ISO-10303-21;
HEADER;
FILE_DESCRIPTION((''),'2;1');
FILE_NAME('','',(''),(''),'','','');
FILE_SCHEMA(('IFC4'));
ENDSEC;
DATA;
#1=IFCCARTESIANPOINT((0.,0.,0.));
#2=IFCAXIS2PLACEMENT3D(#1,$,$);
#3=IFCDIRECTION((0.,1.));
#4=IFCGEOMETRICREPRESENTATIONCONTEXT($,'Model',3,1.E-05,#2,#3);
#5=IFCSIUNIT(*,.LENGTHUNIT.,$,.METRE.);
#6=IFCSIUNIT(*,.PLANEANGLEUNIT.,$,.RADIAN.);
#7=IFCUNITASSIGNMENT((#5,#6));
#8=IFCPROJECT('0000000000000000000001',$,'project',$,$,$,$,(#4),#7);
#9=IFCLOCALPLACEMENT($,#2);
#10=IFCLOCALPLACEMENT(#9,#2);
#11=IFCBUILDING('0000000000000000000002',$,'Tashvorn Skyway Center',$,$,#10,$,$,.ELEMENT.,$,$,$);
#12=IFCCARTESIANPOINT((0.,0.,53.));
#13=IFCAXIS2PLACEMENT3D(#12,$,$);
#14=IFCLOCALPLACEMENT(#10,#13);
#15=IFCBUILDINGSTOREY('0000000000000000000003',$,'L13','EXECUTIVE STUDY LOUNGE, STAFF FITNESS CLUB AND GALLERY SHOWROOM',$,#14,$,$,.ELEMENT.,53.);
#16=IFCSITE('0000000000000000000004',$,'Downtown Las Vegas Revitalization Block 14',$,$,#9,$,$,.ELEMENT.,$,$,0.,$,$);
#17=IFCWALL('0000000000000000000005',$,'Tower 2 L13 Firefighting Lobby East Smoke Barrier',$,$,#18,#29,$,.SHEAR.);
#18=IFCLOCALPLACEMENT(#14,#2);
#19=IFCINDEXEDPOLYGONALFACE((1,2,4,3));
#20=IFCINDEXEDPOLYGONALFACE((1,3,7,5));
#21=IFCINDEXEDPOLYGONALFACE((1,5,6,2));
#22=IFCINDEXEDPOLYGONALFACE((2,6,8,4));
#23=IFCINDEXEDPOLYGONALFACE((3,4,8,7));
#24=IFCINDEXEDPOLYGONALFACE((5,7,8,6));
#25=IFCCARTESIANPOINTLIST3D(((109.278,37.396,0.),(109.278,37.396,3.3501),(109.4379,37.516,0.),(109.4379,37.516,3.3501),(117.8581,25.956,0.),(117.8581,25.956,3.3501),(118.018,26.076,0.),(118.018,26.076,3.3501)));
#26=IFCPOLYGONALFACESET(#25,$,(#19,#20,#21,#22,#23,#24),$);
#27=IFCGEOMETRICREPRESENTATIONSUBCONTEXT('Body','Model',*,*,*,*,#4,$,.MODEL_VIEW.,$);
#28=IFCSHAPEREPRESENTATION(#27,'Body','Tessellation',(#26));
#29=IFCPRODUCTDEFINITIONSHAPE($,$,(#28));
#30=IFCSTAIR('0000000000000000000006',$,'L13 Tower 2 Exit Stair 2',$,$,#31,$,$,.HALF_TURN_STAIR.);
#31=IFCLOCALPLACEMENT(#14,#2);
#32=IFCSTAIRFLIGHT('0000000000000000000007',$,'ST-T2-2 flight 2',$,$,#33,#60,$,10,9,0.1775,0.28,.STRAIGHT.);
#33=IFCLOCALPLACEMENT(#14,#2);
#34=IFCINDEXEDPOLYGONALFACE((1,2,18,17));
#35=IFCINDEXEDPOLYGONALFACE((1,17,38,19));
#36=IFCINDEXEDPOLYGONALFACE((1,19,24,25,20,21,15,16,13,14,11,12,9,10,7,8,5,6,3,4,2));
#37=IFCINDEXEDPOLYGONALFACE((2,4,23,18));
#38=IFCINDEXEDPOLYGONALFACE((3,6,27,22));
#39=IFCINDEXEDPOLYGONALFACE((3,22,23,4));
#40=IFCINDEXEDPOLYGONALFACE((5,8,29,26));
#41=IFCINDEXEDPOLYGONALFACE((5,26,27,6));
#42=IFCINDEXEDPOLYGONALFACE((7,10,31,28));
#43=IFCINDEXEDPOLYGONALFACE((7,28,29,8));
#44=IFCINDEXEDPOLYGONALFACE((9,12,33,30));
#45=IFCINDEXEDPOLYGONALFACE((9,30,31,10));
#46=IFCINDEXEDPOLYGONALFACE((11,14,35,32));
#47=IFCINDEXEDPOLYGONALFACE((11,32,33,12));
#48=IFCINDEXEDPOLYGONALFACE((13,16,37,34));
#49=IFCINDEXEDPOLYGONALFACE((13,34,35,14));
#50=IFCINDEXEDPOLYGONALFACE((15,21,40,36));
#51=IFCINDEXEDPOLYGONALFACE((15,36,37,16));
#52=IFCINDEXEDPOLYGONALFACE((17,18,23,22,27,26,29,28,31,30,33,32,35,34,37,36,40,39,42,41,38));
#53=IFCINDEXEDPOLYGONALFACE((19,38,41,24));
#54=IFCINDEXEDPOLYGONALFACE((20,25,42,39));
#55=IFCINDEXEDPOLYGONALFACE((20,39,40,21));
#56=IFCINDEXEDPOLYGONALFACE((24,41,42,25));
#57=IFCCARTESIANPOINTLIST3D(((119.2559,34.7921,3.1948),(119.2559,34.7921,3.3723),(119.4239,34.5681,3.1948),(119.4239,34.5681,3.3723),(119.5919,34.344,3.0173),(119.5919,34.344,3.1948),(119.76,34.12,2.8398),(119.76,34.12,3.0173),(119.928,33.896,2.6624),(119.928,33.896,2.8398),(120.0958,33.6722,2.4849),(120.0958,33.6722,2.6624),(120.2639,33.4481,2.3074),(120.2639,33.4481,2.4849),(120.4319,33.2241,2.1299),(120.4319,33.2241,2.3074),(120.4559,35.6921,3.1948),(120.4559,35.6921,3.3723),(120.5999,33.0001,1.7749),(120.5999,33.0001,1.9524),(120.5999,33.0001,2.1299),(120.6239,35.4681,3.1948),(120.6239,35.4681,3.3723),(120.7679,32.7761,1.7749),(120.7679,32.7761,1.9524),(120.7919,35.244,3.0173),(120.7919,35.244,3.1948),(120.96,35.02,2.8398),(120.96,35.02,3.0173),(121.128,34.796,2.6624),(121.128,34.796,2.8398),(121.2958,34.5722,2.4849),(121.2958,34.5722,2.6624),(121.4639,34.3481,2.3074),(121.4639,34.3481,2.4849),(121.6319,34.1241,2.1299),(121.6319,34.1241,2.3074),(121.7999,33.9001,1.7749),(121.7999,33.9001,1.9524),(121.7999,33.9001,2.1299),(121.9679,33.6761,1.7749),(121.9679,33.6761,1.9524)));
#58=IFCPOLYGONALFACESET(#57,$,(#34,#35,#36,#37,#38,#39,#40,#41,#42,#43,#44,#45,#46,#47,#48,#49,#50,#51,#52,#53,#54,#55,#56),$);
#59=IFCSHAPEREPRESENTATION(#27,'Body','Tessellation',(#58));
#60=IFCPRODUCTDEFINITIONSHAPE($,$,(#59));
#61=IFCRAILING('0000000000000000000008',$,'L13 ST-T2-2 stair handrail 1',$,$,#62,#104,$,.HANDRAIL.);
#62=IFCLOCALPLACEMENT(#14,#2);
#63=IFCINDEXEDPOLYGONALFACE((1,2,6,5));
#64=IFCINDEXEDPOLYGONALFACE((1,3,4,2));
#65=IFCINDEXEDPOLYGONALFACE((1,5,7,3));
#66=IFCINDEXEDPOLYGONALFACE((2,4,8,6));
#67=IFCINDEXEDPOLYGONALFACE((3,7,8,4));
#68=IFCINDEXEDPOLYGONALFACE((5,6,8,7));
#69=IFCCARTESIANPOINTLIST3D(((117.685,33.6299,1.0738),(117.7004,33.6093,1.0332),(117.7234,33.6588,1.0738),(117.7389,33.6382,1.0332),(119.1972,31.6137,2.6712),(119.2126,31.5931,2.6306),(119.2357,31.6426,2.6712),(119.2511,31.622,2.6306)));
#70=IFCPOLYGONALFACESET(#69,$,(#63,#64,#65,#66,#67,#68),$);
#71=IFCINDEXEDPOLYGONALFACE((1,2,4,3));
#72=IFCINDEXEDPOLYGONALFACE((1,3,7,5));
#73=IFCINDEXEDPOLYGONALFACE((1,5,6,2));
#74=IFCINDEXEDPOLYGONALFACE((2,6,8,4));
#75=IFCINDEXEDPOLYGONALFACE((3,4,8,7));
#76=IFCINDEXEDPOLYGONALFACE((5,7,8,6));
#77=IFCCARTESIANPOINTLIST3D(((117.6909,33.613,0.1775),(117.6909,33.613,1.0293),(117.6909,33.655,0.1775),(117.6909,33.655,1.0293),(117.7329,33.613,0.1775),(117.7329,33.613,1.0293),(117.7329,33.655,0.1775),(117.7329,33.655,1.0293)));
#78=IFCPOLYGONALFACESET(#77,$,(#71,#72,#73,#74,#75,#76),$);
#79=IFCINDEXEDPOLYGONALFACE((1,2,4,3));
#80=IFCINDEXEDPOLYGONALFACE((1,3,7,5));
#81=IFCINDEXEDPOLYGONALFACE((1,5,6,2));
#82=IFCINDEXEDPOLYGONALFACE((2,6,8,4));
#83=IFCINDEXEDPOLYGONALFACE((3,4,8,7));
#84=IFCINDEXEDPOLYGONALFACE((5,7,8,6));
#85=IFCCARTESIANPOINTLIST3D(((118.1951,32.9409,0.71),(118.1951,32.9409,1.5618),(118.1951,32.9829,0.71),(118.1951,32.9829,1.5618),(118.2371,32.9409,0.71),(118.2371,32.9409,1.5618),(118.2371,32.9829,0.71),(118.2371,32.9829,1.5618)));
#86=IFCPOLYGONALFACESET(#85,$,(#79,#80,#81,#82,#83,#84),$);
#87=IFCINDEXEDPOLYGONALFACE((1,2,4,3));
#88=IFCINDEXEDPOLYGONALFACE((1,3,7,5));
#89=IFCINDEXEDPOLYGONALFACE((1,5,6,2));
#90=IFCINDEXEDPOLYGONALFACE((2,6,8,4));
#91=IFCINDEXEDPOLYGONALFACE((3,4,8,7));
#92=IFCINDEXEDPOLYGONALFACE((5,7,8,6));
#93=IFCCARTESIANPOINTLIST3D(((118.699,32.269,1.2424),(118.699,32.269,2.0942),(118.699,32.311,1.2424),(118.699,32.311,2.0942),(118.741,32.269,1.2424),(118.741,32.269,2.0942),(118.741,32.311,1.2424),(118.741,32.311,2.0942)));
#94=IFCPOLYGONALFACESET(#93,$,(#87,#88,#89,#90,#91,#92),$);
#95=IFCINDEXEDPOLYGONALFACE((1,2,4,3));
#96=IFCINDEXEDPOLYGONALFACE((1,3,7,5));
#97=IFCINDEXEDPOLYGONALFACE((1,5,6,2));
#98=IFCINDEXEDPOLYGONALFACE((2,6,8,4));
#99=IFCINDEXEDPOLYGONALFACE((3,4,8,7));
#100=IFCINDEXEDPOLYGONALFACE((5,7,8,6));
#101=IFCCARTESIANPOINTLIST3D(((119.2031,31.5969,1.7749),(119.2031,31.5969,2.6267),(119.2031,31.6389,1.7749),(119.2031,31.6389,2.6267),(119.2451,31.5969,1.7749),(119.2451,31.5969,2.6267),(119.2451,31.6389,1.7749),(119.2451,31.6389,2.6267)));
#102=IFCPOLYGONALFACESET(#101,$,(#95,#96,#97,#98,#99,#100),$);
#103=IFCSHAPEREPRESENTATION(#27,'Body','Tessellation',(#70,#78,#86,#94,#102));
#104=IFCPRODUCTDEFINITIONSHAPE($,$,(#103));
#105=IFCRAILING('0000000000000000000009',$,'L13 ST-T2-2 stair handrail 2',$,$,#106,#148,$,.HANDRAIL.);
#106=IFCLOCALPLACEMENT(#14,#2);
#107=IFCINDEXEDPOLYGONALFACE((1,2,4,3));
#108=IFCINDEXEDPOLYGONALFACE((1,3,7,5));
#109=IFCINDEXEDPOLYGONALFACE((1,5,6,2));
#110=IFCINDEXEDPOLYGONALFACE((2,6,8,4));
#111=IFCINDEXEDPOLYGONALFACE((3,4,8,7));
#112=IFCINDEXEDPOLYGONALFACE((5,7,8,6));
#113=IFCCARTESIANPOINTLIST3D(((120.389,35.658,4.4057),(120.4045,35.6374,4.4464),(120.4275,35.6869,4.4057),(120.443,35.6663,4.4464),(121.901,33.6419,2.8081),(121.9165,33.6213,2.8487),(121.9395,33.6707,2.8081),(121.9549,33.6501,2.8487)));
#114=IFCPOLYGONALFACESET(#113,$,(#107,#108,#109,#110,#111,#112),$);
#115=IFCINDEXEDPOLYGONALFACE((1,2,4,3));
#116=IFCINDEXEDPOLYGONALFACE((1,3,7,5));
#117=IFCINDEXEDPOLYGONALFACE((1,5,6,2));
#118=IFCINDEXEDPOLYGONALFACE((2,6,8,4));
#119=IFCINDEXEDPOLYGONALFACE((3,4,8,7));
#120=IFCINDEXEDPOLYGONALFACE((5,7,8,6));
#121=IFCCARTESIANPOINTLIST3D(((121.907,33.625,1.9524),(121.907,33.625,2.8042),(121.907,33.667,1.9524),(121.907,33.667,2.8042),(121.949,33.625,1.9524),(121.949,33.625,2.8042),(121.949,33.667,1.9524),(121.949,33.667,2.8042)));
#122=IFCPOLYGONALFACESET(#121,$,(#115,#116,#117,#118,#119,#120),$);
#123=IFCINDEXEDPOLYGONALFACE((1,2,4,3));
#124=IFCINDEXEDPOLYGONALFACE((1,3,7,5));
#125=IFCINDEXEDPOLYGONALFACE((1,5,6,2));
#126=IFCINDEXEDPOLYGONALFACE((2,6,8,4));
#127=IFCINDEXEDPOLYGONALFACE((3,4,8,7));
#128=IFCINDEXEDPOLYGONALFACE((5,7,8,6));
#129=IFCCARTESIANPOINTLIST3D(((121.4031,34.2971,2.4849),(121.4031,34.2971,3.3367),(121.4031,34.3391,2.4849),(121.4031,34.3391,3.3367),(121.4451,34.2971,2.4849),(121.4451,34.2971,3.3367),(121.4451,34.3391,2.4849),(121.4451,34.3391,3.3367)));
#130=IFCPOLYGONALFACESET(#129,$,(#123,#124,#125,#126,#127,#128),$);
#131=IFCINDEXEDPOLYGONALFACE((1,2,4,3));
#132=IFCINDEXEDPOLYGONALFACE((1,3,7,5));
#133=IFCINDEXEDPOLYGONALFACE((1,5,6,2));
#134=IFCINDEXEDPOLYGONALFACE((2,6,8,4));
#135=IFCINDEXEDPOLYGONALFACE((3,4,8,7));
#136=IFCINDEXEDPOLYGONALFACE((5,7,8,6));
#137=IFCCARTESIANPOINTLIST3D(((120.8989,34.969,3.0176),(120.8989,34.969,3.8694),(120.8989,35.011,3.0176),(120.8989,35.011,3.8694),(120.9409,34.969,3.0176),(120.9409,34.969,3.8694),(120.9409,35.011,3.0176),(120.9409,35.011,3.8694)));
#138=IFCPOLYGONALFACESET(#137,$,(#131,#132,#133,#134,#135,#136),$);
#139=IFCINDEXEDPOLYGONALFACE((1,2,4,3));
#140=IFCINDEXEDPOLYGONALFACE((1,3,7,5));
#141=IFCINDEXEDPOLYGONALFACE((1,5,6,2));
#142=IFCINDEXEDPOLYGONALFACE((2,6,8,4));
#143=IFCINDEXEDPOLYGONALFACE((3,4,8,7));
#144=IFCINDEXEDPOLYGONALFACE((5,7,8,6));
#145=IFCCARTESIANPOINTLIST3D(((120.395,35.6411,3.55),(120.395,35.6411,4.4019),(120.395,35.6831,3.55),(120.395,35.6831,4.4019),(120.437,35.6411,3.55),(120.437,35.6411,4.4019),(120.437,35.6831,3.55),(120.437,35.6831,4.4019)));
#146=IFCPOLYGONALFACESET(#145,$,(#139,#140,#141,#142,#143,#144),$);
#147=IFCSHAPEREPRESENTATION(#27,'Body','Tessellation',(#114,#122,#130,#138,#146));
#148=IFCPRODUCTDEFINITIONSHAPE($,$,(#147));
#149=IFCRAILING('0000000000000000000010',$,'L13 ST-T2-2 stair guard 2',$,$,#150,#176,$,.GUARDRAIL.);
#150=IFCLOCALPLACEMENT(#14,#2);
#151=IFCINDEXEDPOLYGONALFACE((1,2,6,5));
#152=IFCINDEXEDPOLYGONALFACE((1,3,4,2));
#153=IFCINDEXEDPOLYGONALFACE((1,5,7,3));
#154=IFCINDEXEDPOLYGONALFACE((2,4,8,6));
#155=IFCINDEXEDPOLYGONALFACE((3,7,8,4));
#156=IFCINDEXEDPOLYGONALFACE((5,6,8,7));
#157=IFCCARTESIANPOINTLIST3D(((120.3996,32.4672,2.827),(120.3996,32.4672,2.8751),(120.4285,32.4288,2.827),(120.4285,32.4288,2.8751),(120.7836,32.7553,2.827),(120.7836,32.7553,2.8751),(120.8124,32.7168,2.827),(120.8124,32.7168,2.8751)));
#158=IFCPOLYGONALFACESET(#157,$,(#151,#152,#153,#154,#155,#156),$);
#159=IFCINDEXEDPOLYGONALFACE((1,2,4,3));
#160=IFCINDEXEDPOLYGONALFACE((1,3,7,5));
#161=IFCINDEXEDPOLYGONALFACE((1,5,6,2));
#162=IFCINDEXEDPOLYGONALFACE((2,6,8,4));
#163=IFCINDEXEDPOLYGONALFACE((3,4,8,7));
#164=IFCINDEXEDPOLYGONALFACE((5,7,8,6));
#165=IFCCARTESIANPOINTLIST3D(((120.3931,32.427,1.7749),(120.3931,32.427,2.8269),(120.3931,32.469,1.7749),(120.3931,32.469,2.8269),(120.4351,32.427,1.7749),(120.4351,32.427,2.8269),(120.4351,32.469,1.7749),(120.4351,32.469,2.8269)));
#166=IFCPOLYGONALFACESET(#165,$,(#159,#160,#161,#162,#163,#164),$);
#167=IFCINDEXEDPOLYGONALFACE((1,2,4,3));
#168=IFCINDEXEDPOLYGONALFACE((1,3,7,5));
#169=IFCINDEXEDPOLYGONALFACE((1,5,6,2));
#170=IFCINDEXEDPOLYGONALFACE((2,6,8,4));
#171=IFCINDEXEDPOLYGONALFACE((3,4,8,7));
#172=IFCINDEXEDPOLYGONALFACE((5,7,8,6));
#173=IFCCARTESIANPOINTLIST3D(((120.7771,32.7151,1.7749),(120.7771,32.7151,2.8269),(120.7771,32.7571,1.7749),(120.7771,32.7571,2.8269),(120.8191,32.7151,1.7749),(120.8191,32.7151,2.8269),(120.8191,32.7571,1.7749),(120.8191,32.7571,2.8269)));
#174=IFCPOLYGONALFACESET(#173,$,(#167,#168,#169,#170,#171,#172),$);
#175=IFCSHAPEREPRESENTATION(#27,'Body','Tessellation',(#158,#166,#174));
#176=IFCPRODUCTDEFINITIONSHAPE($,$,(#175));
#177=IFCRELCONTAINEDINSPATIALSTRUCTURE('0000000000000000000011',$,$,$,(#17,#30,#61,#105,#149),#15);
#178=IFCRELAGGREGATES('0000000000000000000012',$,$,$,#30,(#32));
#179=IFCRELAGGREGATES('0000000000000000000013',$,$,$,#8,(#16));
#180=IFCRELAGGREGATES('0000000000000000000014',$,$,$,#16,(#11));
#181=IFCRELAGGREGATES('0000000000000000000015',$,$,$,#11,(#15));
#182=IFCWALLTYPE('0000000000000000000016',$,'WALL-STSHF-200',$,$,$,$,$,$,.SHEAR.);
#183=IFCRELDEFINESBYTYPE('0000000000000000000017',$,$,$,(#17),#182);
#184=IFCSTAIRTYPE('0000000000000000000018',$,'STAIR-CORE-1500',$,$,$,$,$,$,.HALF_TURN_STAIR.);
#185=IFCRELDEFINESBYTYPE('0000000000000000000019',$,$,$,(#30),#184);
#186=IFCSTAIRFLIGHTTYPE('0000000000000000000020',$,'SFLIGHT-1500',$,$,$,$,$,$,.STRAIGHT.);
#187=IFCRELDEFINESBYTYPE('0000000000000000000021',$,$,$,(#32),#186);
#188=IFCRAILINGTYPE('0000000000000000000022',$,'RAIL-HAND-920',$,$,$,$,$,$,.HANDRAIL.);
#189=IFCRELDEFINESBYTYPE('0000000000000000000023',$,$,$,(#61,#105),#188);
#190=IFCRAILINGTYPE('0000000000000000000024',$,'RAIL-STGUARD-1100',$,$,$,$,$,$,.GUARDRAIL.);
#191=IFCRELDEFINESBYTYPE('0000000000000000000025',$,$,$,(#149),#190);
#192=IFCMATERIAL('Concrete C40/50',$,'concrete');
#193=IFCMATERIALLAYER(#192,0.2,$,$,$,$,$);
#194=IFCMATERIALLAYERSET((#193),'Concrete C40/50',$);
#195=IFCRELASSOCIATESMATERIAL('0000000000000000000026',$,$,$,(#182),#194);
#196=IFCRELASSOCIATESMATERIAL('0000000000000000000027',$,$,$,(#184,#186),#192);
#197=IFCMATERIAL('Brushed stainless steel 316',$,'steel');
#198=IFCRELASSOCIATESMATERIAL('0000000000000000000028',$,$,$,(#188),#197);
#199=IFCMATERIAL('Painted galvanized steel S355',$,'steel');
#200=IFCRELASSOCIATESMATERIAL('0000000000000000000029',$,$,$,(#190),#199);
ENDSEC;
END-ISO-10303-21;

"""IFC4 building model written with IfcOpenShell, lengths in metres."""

from ifc_helpers import new_model, si_unit, direction, frame, frame_2d, origin, origin_2d, place, context, subcontext, project, spatial, polyline, rectangle, outline, extrude, material, layer, layer_set, type_object, element, aggregate, save


model = new_model("IFC4")

# Units and contexts
model_context = context("Model", 3, precision=1e-05, world=origin(), true_north=direction((0.0, 1.0)))
body_context = subcontext(model_context, "Body", "Model", "MODEL_VIEW")
ifc_project = project(units=[si_unit("LENGTHUNIT", "METRE"), si_unit("PLANEANGLEUNIT", "RADIAN")], contexts=[model_context])

# Site, building, storey
site_placement = place(None, origin())
site = spatial("IfcSite", under=ifc_project, at=site_placement, Name="Downtown Las Vegas Revitalization Block 14", CompositionType="ELEMENT", RefElevation=0.0)
building_placement = place(site_placement, origin())
building = spatial("IfcBuilding", under=site, at=building_placement, Name="Tashvorn Skyway Center", CompositionType="ELEMENT")
storey_placement = place(building_placement, frame((0.0, 0.0, 53.0)))
storey = spatial("IfcBuildingStorey", under=building, at=storey_placement, Name="L13", Description="EXECUTIVE STUDY LOUNGE, STAFF FITNESS CLUB AND GALLERY SHOWROOM", CompositionType="ELEMENT", Elevation=53.0)

# Shared definitions
ifc_material_1 = material(Name="Concrete C40/50", Category="concrete")

# Wall
ifc_layer_1 = layer(ifc_material_1, 0.2)
ifc_layer_set_1 = layer_set([ifc_layer_1], Name="Concrete C40/50")
wall_type_1 = type_object("IfcWallType", Name="WALL-STSHF-200", PredefinedType="SHEAR", material=ifc_layer_set_1)
wall_1_placement = place(storey_placement, frame((117.938, 26.0161, 0.0), z_axis=(0.0, 0.0, 1.0), x_axis=(-0.600005, 0.799996, 0.0)))
element("IfcWall", 1, at=wall_1_placement, inside=storey, type_object=wall_type_1, Name="Tower 2 L13 Firefighting Lobby East Smoke Barrier", PredefinedType="SHEAR", context=body_context, shape_type="SweptSolid", body=[
    extrude(rectangle(XDim=14.3, YDim=0.2, at=frame_2d((7.1499, 0.0))), origin(), (0.0, 0.0, 1.0), 3.3501),
])

# Stair, stair flight
stair_type = type_object("IfcStairType", Name="STAIR-CORE-1500", PredefinedType="HALF_TURN_STAIR", material=ifc_material_1)
stair_placement = place(storey_placement, origin())
stair = element("IfcStair", 2, at=stair_placement, inside=storey, type_object=stair_type, Name="L13 Tower 2 Exit Stair 2", PredefinedType="HALF_TURN_STAIR")
stair_flight_type = type_object("IfcStairFlightType", Name="SFLIGHT-1500", PredefinedType="STRAIGHT", material=ifc_material_1)
stair_flight_placement = place(storey_placement, frame((121.3679, 33.2261, 1.7749), z_axis=(0.0, 0.0, 1.0), x_axis=(-0.6, 0.8, 0.0)))
stair_flight = element("IfcStairFlight", 3, at=stair_flight_placement, type_object=stair_flight_type, Name="ST-T2-2 flight 2", NumberOfRisers=10, NumberOfTreads=9, PredefinedType="STRAIGHT", RiserHeight=0.1775, TreadLength=0.28, context=body_context, shape_type="SweptSolid", body=[
    extrude(outline(polyline([(0.0, 0.0), (0.0, 0.1775), (0.28, 0.1775), (0.28, 0.355), (0.5601, 0.355), (0.5601, 0.5325), (0.8401, 0.5325), (0.8401, 0.71), (1.1201, 0.71), (1.1201, 0.8875), (1.3999, 0.8875), (1.3999, 1.0649), (1.6799, 1.0649), (1.6799, 1.2424), (1.96, 1.2424), (1.96, 1.4199), (2.24, 1.4199), (2.24, 1.5974), (2.52, 1.5974), (2.52, 1.7749), (2.52, 1.4199), (0.28, 0.0), (0.0, 0.0)])), frame((0.0, 0.75, 0.0), z_axis=(0.0, -1.0, 0.0), x_axis=(1.0, 0.0, 0.0)), (0.0, 0.0, 1.0), 1.5),
])
aggregate(stair, [stair_flight])

# Railings
ifc_material_2 = material(Name="Brushed stainless steel 316", Category="steel")
railing_type_1 = type_object("IfcRailingType", Name="RAIL-HAND-920", PredefinedType="HANDRAIL", material=ifc_material_2)
railing_1_placement = place(storey_placement, frame((117.7119, 33.634, 0.1775)))
element("IfcRailing", 4, at=railing_1_placement, inside=storey, type_object=railing_type_1, Name="L13 ST-T2-2 stair handrail 1", PredefinedType="HANDRAIL", context=body_context, shape_type="SweptSolid", body=[
    extrude(rectangle(XDim=0.0481, YDim=0.0481, at=origin_2d()), frame((0.0, 0.0, 0.876), z_axis=(0.506802, -0.675681, 0.535357), x_axis=(0.799977, 0.600031, 0.0)), (0.0, 0.0, 1.0), 2.9839),
    extrude(rectangle(XDim=0.042, YDim=0.042, at=origin_2d()), origin(), (0.0, 0.0, 1.0), 0.8518),
    extrude(rectangle(XDim=0.042, YDim=0.042, at=origin_2d()), frame((0.5042, -0.6721, 0.5325)), (0.0, 0.0, 1.0), 0.8518),
    extrude(rectangle(XDim=0.042, YDim=0.042, at=origin_2d()), frame((1.0081, -1.344, 1.0649)), (0.0, 0.0, 1.0), 0.8518),
    extrude(rectangle(XDim=0.042, YDim=0.042, at=origin_2d()), frame((1.5122, -2.0161, 1.5974)), (0.0, 0.0, 1.0), 0.8518),
])
railing_2_placement = place(storey_placement, frame((121.928, 33.646, 1.9524)))
element("IfcRailing", 5, at=railing_2_placement, inside=storey, type_object=railing_type_1, Name="L13 ST-T2-2 stair handrail 2", PredefinedType="HANDRAIL", context=body_context, shape_type="SweptSolid", body=[
    extrude(rectangle(XDim=0.0481, YDim=0.0481, at=origin_2d()), frame((0.0, 0.0, 0.876), z_axis=(-0.506719, 0.675679, 0.535438), x_axis=(-0.800023, -0.599969, 0.0)), (0.0, 0.0, 1.0), 2.9839),
    extrude(rectangle(XDim=0.042, YDim=0.042, at=origin_2d()), origin(), (0.0, 0.0, 1.0), 0.8518),
    extrude(rectangle(XDim=0.042, YDim=0.042, at=origin_2d()), frame((-0.5039, 0.6721, 0.5325)), (0.0, 0.0, 1.0), 0.8518),
    extrude(rectangle(XDim=0.042, YDim=0.042, at=origin_2d()), frame((-1.0081, 1.344, 1.0652)), (0.0, 0.0, 1.0), 0.8518),
    extrude(rectangle(XDim=0.042, YDim=0.042, at=origin_2d()), frame((-1.512, 2.0161, 1.5977)), (0.0, 0.0, 1.0), 0.8518),
])
ifc_material_3 = material(Name="Painted galvanized steel S355", Category="steel")
railing_type_2 = type_object("IfcRailingType", Name="RAIL-STGUARD-1100", PredefinedType="GUARDRAIL", material=ifc_material_3)
railing_3_placement = place(storey_placement, frame((120.4141, 32.448, 1.7749)))
element("IfcRailing", 6, at=railing_3_placement, inside=storey, type_object=railing_type_2, Name="L13 ST-T2-2 stair guard 2", PredefinedType="GUARDRAIL", context=body_context, shape_type="SweptSolid", body=[
    extrude(rectangle(XDim=0.0481, YDim=0.0481, at=origin_2d()), frame((0.0, 0.0, 1.0762), z_axis=(0.799939, 0.600081, 0.0), x_axis=(-0.600081, 0.799939, 0.0)), (0.0, 0.0, 1.0), 0.48),
    extrude(rectangle(XDim=0.042, YDim=0.042, at=origin_2d()), origin(), (0.0, 0.0, 1.0), 1.052),
    extrude(rectangle(XDim=0.042, YDim=0.042, at=origin_2d()), frame((0.384, 0.2881, 0.0)), (0.0, 0.0, 1.0), 1.052),
])

save(model, "model.ifc")
